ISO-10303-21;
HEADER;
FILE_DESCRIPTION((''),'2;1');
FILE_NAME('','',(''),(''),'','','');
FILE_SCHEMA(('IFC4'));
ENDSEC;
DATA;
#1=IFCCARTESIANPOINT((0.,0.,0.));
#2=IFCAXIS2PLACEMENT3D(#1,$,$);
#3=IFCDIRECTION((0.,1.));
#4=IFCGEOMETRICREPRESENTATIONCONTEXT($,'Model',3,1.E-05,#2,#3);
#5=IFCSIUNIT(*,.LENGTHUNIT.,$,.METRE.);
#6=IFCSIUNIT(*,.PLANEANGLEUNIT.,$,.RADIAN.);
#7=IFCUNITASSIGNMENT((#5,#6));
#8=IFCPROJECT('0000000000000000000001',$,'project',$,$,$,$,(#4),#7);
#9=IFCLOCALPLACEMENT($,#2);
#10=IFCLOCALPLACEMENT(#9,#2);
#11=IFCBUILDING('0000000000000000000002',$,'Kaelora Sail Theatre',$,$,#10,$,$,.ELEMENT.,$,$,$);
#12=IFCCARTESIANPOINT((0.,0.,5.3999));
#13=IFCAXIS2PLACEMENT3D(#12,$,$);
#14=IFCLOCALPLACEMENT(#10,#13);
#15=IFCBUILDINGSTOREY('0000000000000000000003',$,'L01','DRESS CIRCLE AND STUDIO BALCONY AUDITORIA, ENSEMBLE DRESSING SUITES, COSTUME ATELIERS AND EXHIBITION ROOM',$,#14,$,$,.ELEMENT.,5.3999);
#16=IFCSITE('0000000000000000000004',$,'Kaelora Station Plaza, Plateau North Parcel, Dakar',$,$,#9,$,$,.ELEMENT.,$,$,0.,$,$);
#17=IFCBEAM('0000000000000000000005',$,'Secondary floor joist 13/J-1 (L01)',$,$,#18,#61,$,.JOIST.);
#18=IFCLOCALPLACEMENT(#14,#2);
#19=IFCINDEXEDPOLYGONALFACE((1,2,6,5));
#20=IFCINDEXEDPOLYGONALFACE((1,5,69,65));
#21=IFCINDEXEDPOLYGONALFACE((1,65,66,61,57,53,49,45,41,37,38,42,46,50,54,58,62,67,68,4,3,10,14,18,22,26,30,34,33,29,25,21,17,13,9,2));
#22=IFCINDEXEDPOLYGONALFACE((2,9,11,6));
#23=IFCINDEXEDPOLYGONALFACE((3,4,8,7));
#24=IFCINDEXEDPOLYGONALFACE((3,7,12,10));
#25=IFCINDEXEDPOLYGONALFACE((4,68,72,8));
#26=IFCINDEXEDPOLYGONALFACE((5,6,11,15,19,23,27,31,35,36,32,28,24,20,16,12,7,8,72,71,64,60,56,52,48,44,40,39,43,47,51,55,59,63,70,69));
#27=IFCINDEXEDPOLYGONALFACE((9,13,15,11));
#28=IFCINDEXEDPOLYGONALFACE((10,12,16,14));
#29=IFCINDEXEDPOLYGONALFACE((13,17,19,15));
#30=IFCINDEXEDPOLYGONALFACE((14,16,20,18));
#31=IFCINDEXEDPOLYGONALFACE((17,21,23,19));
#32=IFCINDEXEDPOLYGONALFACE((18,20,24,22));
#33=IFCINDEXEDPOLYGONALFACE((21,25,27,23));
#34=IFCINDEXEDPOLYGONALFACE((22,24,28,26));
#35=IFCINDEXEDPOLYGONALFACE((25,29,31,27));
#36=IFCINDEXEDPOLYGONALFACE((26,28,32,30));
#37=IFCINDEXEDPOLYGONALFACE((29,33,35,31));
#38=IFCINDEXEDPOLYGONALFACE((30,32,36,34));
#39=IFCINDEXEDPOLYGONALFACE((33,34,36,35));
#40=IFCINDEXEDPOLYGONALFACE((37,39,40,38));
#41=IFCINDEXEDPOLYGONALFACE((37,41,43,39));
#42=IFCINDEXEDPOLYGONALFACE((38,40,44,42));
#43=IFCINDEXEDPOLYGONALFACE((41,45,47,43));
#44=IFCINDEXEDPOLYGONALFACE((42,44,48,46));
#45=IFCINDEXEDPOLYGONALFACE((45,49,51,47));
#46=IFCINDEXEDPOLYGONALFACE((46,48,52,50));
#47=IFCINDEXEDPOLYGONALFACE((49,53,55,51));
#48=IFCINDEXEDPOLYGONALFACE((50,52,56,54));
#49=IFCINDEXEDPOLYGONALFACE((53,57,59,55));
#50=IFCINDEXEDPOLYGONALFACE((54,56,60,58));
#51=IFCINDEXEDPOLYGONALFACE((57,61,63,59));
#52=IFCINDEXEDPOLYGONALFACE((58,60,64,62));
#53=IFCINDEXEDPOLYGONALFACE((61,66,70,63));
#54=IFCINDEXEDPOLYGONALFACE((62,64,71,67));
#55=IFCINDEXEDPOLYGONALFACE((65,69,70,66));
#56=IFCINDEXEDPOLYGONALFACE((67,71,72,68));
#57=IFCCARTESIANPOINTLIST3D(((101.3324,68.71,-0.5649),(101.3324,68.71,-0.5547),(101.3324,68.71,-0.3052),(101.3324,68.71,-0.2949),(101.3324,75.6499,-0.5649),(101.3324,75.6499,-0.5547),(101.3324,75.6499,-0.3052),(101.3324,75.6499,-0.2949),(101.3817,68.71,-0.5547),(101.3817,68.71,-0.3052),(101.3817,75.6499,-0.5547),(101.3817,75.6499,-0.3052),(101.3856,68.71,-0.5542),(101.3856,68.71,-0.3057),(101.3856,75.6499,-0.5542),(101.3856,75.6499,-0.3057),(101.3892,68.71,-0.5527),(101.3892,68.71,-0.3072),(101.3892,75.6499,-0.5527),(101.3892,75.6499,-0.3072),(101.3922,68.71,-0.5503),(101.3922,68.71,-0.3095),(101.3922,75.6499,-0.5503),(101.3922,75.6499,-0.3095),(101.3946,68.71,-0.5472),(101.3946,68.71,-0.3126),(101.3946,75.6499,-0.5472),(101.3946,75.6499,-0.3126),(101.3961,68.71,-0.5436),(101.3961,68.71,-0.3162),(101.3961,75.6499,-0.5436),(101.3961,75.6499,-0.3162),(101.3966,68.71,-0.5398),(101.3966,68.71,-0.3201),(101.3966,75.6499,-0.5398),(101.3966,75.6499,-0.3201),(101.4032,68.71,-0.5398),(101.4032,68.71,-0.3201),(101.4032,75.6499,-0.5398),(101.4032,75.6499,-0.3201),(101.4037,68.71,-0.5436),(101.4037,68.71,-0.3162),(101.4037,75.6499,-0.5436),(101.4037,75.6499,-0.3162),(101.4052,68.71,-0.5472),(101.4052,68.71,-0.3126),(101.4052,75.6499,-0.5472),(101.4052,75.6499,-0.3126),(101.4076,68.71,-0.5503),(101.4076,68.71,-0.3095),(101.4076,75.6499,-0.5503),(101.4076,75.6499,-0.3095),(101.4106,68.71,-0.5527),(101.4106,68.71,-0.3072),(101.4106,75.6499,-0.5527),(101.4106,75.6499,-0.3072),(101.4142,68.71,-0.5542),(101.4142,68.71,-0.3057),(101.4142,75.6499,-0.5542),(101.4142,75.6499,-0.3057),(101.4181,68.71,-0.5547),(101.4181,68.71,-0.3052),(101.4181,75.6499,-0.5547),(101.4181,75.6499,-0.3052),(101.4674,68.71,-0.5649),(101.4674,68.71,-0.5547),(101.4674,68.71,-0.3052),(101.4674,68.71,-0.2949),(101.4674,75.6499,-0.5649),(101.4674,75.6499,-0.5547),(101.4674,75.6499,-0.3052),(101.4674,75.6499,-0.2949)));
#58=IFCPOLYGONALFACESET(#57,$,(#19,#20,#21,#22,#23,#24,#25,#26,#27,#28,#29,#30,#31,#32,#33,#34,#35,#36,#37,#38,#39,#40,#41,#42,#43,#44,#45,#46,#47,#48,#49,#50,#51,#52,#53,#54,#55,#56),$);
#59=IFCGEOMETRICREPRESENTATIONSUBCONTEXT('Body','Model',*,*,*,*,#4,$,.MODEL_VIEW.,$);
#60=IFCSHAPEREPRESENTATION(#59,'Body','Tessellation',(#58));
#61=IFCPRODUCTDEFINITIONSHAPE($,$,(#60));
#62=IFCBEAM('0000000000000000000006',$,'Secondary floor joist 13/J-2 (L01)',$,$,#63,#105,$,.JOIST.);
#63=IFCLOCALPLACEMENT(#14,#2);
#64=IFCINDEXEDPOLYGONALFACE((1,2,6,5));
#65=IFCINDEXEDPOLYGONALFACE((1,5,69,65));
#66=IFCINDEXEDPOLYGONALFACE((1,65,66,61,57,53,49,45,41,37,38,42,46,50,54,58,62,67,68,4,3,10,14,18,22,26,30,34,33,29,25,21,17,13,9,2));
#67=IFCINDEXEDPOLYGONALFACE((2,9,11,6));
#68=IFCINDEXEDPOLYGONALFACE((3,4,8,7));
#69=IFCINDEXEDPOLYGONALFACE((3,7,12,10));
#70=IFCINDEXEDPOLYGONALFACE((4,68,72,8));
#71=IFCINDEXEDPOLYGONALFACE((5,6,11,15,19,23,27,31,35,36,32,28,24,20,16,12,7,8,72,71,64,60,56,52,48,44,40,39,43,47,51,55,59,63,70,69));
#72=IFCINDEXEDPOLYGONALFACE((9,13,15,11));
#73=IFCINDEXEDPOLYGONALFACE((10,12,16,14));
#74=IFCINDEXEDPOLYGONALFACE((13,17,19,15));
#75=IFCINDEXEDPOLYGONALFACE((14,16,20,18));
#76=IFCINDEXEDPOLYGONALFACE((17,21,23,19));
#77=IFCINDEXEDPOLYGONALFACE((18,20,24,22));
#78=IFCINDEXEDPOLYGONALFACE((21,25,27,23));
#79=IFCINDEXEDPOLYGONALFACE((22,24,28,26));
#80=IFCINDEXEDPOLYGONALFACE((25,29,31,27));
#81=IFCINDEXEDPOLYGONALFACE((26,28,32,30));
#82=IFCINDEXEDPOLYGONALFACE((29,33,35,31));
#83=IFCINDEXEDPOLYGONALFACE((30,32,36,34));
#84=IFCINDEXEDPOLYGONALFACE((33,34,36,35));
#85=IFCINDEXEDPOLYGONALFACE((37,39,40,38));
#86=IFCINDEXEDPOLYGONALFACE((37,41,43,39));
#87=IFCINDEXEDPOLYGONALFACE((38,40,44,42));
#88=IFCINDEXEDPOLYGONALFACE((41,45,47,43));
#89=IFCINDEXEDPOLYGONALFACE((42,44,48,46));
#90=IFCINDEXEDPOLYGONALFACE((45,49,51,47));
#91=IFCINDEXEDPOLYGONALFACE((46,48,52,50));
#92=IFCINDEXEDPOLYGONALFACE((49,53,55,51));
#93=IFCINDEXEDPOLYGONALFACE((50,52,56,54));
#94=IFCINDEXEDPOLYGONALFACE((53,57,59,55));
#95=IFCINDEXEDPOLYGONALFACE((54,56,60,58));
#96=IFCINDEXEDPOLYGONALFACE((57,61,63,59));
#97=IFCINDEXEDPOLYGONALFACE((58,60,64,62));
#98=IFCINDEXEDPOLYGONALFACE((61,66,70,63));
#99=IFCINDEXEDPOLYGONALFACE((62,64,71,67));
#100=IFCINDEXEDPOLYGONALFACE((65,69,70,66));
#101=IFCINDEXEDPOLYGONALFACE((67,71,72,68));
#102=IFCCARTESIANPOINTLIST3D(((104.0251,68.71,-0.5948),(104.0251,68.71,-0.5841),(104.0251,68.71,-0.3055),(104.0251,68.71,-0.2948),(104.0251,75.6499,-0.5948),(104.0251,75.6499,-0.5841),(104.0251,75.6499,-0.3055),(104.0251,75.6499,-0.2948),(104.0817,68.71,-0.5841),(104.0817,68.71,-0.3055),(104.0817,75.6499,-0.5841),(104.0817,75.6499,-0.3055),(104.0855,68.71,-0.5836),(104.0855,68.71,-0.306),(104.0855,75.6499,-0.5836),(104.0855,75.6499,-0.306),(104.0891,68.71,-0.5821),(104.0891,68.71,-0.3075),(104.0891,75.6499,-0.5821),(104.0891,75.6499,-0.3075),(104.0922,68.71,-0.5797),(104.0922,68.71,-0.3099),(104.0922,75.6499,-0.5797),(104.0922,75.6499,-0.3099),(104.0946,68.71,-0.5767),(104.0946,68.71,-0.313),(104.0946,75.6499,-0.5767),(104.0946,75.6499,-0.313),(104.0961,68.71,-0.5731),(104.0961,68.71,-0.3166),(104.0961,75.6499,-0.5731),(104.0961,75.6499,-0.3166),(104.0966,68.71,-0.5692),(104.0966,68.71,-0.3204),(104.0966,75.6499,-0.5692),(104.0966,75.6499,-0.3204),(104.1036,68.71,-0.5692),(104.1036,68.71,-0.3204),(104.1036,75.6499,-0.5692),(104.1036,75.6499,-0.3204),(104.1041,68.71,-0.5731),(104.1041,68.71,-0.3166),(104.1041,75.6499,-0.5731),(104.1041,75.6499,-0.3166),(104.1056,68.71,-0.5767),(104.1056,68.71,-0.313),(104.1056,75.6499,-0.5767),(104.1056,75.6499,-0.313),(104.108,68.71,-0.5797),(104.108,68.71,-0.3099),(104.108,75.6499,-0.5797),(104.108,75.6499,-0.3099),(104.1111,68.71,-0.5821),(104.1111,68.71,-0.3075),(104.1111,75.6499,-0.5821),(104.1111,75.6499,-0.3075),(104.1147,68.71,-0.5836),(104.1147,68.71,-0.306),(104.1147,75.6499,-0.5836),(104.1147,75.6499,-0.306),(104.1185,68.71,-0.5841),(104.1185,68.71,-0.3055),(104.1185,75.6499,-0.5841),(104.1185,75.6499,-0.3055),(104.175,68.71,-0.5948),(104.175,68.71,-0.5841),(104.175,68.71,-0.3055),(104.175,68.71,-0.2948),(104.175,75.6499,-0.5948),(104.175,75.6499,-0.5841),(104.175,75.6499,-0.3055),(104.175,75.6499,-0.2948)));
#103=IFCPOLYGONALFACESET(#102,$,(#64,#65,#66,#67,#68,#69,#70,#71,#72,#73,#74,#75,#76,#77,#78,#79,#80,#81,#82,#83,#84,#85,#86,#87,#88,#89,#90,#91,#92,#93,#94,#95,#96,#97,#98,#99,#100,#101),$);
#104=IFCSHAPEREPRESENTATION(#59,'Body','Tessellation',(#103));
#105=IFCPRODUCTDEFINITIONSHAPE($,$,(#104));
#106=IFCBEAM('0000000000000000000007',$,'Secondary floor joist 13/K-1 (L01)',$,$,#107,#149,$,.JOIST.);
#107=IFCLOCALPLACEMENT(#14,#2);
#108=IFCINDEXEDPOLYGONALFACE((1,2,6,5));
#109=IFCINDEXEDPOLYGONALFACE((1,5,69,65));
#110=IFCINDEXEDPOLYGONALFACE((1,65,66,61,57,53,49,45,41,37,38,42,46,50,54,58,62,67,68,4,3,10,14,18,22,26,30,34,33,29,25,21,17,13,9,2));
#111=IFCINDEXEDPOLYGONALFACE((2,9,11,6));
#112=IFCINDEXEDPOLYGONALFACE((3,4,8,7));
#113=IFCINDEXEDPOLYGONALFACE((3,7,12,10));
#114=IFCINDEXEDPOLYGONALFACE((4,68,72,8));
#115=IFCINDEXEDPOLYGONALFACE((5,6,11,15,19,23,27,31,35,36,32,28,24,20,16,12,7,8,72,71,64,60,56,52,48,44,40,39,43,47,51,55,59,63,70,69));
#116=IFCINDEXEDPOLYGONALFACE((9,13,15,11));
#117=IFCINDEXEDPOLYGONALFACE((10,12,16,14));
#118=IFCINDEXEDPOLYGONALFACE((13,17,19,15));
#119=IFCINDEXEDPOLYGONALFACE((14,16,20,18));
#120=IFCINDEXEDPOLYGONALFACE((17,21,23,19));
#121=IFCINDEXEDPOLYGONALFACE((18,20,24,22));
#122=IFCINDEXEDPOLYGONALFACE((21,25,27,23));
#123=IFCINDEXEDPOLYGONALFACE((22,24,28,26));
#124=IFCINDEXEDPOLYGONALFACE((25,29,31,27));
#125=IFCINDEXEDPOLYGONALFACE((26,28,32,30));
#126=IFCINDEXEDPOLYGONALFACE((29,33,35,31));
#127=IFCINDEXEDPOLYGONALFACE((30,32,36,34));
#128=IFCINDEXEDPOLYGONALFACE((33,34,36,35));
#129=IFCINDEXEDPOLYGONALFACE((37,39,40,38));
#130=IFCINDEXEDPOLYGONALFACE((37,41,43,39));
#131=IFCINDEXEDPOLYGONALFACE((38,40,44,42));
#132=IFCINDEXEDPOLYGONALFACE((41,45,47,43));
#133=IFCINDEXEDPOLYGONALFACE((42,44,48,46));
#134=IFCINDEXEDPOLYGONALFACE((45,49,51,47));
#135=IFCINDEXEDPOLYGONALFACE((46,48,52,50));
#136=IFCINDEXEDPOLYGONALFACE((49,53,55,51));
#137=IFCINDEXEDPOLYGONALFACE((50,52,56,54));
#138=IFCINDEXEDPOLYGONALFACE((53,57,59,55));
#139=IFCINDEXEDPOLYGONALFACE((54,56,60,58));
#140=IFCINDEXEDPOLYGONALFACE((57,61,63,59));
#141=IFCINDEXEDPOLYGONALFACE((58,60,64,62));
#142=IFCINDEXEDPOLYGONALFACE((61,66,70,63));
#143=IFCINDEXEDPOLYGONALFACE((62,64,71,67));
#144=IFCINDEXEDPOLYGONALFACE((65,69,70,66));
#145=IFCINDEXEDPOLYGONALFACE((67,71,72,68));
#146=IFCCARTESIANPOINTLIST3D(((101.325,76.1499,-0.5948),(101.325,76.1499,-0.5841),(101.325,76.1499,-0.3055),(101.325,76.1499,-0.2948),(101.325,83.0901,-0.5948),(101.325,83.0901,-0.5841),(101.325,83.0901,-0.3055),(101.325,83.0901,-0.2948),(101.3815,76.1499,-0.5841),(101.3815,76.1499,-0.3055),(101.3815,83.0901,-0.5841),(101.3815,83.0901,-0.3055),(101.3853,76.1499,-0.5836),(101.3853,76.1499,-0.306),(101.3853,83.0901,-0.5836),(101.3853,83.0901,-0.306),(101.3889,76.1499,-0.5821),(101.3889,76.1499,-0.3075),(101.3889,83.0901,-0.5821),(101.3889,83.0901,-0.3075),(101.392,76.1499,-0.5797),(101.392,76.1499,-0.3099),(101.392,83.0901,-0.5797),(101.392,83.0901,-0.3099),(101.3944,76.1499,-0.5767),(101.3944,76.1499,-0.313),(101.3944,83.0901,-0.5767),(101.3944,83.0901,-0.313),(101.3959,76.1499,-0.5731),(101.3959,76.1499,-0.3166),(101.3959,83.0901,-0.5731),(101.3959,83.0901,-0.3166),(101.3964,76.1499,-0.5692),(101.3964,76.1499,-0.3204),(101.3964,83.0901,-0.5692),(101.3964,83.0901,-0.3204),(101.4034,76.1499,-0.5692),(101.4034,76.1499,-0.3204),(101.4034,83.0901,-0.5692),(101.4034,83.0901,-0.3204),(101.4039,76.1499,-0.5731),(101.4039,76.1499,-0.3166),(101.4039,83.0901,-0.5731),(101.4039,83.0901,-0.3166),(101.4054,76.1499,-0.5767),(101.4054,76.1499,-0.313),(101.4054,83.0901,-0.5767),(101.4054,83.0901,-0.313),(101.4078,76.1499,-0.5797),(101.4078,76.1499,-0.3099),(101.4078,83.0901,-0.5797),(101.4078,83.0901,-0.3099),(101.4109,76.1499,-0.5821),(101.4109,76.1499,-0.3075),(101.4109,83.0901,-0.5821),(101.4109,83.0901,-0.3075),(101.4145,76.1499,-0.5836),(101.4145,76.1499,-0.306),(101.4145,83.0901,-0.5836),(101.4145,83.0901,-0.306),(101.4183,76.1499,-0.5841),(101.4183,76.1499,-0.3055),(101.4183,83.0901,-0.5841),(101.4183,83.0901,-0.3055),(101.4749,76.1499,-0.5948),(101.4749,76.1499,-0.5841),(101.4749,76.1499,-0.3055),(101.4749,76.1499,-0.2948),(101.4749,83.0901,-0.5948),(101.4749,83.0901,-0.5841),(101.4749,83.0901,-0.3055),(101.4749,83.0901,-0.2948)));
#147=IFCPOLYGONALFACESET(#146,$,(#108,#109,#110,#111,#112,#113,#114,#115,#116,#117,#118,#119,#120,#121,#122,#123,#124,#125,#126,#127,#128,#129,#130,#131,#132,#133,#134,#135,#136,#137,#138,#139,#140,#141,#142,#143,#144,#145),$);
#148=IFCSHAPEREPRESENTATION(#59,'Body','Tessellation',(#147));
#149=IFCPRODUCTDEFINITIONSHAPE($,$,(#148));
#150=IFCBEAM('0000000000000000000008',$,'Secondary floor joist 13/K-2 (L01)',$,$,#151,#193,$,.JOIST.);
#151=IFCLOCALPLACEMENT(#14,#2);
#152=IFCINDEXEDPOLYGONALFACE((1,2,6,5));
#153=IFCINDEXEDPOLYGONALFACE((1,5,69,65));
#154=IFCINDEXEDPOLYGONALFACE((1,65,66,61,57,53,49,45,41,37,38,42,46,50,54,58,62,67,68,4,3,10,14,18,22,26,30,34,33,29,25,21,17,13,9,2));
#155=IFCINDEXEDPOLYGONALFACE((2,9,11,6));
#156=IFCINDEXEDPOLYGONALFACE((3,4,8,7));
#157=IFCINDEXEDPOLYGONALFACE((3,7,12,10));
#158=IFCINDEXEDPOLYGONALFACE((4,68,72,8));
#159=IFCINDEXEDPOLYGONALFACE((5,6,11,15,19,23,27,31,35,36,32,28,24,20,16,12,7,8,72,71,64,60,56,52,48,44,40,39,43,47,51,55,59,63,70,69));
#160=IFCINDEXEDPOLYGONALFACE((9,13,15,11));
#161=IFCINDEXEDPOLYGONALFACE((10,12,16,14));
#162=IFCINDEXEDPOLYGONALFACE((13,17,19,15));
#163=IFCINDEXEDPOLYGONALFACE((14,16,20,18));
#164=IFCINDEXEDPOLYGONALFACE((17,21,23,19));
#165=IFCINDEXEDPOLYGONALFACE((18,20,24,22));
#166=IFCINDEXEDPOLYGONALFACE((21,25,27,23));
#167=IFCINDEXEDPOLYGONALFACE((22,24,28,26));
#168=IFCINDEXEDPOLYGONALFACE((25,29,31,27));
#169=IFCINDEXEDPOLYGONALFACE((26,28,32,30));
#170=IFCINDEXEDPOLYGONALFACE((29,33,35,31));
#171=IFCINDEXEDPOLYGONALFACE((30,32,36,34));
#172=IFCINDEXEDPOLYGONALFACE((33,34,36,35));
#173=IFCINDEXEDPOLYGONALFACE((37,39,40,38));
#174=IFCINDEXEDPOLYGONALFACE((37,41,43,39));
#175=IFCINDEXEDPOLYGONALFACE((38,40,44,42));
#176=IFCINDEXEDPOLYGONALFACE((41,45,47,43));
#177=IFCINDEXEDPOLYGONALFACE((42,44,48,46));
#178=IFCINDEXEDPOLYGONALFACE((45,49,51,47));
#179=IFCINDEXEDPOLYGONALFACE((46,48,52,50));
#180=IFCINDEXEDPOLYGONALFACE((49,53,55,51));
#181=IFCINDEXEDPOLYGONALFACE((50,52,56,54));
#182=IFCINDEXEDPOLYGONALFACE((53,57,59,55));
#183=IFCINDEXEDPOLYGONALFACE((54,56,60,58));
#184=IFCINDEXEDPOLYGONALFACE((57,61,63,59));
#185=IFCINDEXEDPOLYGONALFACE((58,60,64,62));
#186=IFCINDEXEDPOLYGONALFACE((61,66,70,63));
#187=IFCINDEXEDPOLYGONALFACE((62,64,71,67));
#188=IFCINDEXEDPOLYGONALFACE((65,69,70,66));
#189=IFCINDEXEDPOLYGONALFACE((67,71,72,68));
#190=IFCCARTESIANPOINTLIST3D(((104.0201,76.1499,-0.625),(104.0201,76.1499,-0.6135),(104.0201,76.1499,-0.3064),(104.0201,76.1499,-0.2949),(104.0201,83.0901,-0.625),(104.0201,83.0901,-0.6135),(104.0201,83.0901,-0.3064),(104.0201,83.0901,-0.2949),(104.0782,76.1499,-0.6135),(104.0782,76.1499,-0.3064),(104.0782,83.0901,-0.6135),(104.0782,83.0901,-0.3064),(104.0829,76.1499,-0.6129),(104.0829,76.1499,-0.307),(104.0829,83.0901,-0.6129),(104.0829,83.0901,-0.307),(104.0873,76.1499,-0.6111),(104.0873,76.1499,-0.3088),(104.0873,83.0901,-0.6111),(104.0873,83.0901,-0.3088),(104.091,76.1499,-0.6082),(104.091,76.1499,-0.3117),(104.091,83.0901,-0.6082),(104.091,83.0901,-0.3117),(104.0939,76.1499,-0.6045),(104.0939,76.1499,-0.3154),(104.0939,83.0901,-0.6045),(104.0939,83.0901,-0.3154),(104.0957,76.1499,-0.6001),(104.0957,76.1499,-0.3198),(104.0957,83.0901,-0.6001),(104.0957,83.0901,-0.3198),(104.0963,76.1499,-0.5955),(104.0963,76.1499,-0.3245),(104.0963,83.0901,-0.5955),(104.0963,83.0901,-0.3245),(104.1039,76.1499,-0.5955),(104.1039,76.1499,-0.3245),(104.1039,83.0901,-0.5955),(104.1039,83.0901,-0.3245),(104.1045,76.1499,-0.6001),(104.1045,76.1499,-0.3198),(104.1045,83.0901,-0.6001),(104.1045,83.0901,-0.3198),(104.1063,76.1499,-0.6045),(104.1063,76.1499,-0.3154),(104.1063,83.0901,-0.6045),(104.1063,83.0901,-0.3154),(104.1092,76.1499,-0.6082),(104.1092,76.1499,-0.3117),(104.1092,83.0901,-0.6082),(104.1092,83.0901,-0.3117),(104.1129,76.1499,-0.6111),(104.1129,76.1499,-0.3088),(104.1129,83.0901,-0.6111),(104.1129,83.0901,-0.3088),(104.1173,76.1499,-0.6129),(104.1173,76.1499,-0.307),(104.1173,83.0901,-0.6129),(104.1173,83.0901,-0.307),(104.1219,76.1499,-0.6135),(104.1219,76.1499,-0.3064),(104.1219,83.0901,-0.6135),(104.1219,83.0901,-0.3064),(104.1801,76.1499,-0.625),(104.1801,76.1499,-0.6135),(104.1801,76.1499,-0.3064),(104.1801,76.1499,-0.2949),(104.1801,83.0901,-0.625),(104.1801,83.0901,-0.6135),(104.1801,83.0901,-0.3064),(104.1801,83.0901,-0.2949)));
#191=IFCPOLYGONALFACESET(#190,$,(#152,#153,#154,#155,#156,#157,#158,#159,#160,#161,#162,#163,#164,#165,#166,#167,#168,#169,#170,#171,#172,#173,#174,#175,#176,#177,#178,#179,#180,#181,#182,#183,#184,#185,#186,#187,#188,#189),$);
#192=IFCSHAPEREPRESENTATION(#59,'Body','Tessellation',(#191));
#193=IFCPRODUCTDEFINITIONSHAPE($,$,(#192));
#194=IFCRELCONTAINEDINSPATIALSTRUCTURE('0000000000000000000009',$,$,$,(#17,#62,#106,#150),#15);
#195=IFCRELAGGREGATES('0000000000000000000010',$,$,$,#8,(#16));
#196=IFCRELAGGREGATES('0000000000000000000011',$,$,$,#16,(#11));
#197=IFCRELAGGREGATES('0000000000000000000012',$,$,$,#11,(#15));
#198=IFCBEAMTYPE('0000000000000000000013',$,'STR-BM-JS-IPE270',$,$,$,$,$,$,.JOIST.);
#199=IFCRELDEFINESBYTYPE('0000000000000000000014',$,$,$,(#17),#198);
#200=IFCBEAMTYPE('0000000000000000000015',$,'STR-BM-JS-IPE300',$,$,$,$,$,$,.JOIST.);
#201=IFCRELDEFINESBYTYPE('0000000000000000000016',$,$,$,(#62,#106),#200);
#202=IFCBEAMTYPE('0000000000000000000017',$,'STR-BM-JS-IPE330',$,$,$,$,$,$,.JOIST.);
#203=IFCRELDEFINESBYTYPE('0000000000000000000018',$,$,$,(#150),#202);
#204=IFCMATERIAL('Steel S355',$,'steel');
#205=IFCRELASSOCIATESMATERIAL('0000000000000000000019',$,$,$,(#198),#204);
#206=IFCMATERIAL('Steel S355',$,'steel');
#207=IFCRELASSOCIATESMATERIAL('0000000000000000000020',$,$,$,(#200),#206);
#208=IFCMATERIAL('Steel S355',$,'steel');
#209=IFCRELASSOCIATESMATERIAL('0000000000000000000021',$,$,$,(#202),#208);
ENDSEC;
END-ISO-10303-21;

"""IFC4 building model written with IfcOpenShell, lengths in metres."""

from ifc_helpers import new_model, si_unit, direction, frame, origin, origin_2d, place, context, subcontext, project, spatial, i_section, extrude, material, material_profile, profile_set, type_object, element, save


model = new_model("IFC4")

# Units and contexts
model_context = context("Model", 3, precision=1e-05, world=origin(), true_north=direction((0.0, 1.0)))
body_context = subcontext(model_context, "Body", "Model", "MODEL_VIEW")
ifc_project = project(units=[si_unit("LENGTHUNIT", "METRE"), si_unit("PLANEANGLEUNIT", "RADIAN")], contexts=[model_context])

# Site, building, storey
site_placement = place(None, origin())
site = spatial("IfcSite", under=ifc_project, at=site_placement, Name="Kaelora Station Plaza, Plateau North Parcel, Dakar", CompositionType="ELEMENT", RefElevation=0.0)
building_placement = place(site_placement, origin())
building = spatial("IfcBuilding", under=site, at=building_placement, Name="Kaelora Sail Theatre", CompositionType="ELEMENT")
storey_placement = place(building_placement, frame((0.0, 0.0, 5.3999)))
storey = spatial("IfcBuildingStorey", under=building, at=storey_placement, Name="L01", Description="DRESS CIRCLE AND STUDIO BALCONY AUDITORIA, ENSEMBLE DRESSING SUITES, COSTUME ATELIERS AND EXHIBITION ROOM", CompositionType="ELEMENT", Elevation=5.3999)

# Beams
ifc_material_1 = material(Name="Steel S355", Category="steel")
ifc_material_profile_1 = material_profile(ifc_material_1, i_section(OverallWidth=0.135, OverallDepth=0.27, WebThickness=0.0066, FlangeThickness=0.0103, FilletRadius=0.0149, at=origin_2d()), Name="IPE 270")
ifc_profile_set_1 = profile_set([ifc_material_profile_1], Name="Steel S355")
beam_type_1 = type_object("IfcBeamType", Name="STR-BM-JS-IPE270", PredefinedType="JOIST", material=ifc_profile_set_1)
beam_1_placement = place(storey_placement, frame((101.3999, 68.71, -0.4299), z_axis=(0.0, 1.0, 0.0), x_axis=(-1.0, 0.0, 0.0)))
element("IfcBeam", 1, at=beam_1_placement, inside=storey, type_object=beam_type_1, Name="Secondary floor joist 13/J-1 (L01)", PredefinedType="JOIST", context=body_context, shape_type="SweptSolid", body=[
    extrude(i_section(OverallWidth=0.135, OverallDepth=0.27, WebThickness=0.0066, FlangeThickness=0.0103, FilletRadius=0.0149, at=origin_2d()), origin(), (0.0, 0.0, 1.0), 6.9399),
])
ifc_material_2 = material(Name="Steel S355", Category="steel")
ifc_material_profile_2 = material_profile(ifc_material_2, i_section(OverallWidth=0.1499, OverallDepth=0.3, WebThickness=0.0071, FlangeThickness=0.0107, FilletRadius=0.0149, at=origin_2d()), Name="IPE 300")
ifc_profile_set_2 = profile_set([ifc_material_profile_2], Name="Steel S355")
beam_type_2 = type_object("IfcBeamType", Name="STR-BM-JS-IPE300", PredefinedType="JOIST", material=ifc_profile_set_2)
beam_2_placement = place(storey_placement, frame((104.1001, 68.71, -0.4448), z_axis=(0.0, 1.0, 0.0), x_axis=(-1.0, 0.0, 0.0)))
element("IfcBeam", 2, at=beam_2_placement, inside=storey, type_object=beam_type_2, Name="Secondary floor joist 13/J-2 (L01)", PredefinedType="JOIST", context=body_context, shape_type="SweptSolid", body=[
    extrude(i_section(OverallWidth=0.1499, OverallDepth=0.3, WebThickness=0.0071, FlangeThickness=0.0107, FilletRadius=0.0149, at=origin_2d()), origin(), (0.0, 0.0, 1.0), 6.9399),
])
beam_3_placement = place(storey_placement, frame((101.3999, 76.1499, -0.4448), z_axis=(0.0, 1.0, 0.0), x_axis=(-1.0, 0.0, 0.0)))
element("IfcBeam", 3, at=beam_3_placement, inside=storey, type_object=beam_type_2, Name="Secondary floor joist 13/K-1 (L01)", PredefinedType="JOIST", context=body_context, shape_type="SweptSolid", body=[
    extrude(i_section(OverallWidth=0.1499, OverallDepth=0.3, WebThickness=0.0071, FlangeThickness=0.0107, FilletRadius=0.0149, at=origin_2d()), origin(), (0.0, 0.0, 1.0), 6.9402),
])
ifc_material_3 = material(Name="Steel S355", Category="steel")
ifc_material_profile_3 = material_profile(ifc_material_3, i_section(OverallWidth=0.1599, OverallDepth=0.3301, WebThickness=0.0076, FlangeThickness=0.0115, FilletRadius=0.0181, at=origin_2d()), Name="IPE 330")
ifc_profile_set_3 = profile_set([ifc_material_profile_3], Name="Steel S355")
beam_type_3 = type_object("IfcBeamType", Name="STR-BM-JS-IPE330", PredefinedType="JOIST", material=ifc_profile_set_3)
beam_4_placement = place(storey_placement, frame((104.1001, 76.1499, -0.46), z_axis=(0.0, 1.0, 0.0), x_axis=(-1.0, 0.0, 0.0)))
element("IfcBeam", 4, at=beam_4_placement, inside=storey, type_object=beam_type_3, Name="Secondary floor joist 13/K-2 (L01)", PredefinedType="JOIST", context=body_context, shape_type="SweptSolid", body=[
    extrude(i_section(OverallWidth=0.1599, OverallDepth=0.3301, WebThickness=0.0076, FlangeThickness=0.0115, FilletRadius=0.0181, at=origin_2d()), origin(), (0.0, 0.0, 1.0), 6.9402),
])

save(model, "model.ifc")
